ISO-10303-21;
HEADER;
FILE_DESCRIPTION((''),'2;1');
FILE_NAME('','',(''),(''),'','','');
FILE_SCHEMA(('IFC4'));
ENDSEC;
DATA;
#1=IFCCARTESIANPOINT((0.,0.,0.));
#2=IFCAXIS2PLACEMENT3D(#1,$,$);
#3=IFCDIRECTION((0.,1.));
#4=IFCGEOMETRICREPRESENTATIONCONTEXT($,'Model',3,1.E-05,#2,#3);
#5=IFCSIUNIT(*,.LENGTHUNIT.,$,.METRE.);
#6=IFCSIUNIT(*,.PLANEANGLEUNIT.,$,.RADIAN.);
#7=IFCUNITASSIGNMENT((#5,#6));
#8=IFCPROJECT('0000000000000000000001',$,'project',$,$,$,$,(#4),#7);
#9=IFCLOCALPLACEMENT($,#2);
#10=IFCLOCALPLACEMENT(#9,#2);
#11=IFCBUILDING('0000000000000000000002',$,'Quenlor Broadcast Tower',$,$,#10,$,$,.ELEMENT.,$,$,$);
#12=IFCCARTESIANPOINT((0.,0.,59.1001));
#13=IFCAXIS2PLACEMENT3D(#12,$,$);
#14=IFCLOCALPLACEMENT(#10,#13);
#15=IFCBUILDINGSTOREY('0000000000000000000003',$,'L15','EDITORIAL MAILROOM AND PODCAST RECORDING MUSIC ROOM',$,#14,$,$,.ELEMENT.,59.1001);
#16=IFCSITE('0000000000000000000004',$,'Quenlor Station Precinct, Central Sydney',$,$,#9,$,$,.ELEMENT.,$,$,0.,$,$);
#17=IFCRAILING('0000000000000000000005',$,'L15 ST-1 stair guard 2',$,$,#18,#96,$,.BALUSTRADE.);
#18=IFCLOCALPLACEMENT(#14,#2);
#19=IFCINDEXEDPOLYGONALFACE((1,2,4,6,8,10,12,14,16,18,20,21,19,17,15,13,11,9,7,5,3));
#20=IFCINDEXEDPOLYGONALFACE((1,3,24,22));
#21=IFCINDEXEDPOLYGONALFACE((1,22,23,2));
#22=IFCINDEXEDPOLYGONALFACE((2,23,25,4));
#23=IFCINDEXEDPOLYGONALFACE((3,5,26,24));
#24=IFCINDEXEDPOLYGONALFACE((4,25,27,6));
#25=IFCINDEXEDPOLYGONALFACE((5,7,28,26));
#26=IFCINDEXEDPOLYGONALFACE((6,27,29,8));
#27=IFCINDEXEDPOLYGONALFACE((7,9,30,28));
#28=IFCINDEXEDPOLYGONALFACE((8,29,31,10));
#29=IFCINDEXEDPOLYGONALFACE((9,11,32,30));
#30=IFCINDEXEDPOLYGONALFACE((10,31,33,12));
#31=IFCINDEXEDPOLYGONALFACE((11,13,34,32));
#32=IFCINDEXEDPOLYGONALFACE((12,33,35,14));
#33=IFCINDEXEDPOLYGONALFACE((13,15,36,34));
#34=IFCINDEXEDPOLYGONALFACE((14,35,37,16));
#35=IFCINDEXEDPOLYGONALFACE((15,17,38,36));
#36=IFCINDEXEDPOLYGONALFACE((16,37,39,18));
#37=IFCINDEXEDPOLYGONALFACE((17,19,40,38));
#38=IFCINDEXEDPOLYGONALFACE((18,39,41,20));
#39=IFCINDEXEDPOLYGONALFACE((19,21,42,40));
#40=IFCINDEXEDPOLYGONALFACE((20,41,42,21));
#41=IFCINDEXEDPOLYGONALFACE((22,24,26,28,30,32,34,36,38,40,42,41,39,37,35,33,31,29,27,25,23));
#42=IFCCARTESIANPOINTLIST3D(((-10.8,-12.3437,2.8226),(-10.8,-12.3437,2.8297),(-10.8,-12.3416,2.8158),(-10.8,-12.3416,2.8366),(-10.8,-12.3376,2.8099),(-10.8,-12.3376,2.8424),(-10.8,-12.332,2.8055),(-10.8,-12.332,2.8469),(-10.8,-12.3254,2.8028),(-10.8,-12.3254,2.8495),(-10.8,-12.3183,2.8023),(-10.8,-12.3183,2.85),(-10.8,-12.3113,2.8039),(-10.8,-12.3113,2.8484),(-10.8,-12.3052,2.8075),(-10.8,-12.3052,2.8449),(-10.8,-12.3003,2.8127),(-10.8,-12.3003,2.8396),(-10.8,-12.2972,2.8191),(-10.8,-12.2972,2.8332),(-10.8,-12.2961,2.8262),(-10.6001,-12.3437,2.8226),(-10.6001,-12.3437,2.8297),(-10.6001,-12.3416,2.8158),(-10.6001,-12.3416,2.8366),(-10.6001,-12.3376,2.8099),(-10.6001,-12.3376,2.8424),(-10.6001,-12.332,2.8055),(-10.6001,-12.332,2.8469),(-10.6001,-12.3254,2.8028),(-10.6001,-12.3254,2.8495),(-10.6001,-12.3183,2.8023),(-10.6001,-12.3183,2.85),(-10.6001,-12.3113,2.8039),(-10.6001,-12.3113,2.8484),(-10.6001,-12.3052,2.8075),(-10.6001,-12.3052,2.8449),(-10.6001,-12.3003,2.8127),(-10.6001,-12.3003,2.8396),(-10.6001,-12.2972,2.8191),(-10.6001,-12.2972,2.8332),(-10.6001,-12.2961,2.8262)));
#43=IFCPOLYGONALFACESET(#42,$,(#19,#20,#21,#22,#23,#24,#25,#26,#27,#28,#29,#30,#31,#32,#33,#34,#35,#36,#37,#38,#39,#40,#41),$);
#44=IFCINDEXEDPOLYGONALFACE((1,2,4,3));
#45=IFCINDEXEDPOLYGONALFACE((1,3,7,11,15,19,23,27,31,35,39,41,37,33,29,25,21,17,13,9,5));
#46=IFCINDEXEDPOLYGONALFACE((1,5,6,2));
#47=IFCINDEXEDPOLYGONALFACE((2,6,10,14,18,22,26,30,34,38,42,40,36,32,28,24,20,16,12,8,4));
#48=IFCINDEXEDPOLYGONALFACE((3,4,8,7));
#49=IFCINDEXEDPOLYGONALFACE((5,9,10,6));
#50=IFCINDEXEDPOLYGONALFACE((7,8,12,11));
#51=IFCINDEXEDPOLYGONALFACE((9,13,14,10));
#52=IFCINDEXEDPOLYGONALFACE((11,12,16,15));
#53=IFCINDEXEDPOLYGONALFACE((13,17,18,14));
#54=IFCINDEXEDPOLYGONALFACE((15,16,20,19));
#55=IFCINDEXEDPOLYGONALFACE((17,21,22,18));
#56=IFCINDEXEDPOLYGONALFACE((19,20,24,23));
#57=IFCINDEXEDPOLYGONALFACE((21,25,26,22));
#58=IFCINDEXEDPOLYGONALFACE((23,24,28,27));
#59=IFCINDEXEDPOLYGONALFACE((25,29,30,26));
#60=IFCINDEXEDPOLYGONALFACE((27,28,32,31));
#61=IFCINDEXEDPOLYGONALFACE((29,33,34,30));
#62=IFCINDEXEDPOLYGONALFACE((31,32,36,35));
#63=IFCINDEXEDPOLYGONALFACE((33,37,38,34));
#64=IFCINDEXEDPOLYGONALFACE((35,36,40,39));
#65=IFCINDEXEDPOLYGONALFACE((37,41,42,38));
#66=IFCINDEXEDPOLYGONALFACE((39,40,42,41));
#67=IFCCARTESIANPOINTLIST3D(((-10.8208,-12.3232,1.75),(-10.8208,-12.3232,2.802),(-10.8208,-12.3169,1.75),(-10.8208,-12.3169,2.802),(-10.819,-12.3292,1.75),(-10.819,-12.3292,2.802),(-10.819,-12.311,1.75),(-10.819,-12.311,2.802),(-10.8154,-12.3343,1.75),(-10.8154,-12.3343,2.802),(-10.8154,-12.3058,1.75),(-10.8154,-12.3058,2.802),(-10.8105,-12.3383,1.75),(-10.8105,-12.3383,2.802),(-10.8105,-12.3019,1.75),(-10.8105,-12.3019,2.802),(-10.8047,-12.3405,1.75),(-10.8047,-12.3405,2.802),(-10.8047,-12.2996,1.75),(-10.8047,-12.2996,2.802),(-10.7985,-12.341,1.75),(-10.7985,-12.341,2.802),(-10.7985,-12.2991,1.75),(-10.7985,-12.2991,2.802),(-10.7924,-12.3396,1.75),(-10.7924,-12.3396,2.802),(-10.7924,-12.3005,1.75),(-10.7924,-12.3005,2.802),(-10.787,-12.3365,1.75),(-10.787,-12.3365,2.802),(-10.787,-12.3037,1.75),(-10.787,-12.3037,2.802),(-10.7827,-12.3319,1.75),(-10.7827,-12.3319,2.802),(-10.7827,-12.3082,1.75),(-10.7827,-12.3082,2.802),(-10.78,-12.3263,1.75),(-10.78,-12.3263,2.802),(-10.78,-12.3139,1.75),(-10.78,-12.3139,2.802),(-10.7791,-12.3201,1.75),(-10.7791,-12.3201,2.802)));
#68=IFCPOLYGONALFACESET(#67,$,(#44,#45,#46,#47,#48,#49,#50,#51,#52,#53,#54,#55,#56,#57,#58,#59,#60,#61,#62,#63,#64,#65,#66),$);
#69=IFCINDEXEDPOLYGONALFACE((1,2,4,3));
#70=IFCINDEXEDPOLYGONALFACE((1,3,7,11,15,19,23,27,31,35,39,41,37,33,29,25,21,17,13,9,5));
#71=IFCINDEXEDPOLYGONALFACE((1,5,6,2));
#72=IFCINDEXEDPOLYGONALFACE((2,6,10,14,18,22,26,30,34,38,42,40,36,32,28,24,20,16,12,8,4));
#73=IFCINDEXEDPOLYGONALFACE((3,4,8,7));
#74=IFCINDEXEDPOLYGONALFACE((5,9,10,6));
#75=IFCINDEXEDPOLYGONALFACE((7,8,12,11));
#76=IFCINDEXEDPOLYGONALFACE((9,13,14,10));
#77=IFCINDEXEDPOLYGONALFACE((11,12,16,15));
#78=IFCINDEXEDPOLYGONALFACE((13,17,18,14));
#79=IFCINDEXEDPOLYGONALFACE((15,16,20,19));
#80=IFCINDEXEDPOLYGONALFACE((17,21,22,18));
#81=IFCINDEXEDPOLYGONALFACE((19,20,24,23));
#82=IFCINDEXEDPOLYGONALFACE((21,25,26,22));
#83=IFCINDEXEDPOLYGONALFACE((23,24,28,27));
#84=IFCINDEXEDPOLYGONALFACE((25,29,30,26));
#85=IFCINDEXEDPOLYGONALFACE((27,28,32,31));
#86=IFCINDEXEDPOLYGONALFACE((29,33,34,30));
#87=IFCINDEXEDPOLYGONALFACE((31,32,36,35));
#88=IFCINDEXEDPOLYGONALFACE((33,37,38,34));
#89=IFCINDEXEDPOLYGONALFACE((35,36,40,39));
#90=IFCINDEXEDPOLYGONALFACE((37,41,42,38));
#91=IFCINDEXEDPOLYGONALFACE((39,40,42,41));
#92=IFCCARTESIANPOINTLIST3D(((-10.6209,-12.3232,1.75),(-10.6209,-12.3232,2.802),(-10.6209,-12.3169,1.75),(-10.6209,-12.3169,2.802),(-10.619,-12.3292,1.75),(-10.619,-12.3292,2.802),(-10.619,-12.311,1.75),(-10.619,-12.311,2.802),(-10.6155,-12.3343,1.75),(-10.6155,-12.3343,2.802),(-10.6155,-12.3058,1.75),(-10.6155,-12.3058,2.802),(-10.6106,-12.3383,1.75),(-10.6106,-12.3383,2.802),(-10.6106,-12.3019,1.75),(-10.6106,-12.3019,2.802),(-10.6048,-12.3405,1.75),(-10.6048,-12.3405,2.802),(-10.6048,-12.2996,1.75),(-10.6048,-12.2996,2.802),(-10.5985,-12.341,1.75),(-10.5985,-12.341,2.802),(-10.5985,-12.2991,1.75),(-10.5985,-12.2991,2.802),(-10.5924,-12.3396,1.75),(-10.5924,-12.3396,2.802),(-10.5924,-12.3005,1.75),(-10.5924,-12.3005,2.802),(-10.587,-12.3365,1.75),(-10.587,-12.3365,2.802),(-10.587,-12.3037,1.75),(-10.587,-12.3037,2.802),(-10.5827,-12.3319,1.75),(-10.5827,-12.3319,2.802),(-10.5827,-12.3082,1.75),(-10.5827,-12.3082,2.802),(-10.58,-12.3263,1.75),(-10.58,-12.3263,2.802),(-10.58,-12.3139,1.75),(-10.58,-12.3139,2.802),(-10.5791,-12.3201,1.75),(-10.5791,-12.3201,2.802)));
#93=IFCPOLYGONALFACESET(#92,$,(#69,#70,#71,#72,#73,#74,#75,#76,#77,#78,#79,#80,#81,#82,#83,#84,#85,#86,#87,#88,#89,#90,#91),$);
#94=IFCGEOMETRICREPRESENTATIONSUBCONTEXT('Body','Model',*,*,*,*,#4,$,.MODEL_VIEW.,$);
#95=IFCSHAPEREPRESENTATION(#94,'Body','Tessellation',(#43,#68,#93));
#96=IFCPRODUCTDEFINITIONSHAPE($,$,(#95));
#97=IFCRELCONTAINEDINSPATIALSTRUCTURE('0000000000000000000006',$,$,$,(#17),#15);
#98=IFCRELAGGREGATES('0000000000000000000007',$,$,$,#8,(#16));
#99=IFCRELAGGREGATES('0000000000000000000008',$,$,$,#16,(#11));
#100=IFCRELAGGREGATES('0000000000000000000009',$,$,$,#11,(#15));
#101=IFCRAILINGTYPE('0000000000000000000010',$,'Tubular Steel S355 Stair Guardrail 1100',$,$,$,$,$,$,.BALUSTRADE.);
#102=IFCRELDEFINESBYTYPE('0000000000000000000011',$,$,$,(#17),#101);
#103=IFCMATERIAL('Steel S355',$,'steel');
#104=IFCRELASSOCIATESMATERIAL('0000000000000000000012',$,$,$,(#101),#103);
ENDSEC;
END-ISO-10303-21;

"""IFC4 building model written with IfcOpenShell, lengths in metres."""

from ifc_helpers import new_model, si_unit, direction, frame, origin, origin_2d, place, context, subcontext, project, spatial, circle, extrude, material, type_object, element, save


model = new_model("IFC4")

# Units and contexts
model_context = context("Model", 3, precision=1e-05, world=origin(), true_north=direction((0.0, 1.0)))
body_context = subcontext(model_context, "Body", "Model", "MODEL_VIEW")
ifc_project = project(units=[si_unit("LENGTHUNIT", "METRE"), si_unit("PLANEANGLEUNIT", "RADIAN")], contexts=[model_context])

# Site, building, storey
site_placement = place(None, origin())
site = spatial("IfcSite", under=ifc_project, at=site_placement, Name="Quenlor Station Precinct, Central Sydney", CompositionType="ELEMENT", RefElevation=0.0)
building_placement = place(site_placement, origin())
building = spatial("IfcBuilding", under=site, at=building_placement, Name="Quenlor Broadcast Tower", CompositionType="ELEMENT")
storey_placement = place(building_placement, frame((0.0, 0.0, 59.1001)))
storey = spatial("IfcBuildingStorey", under=building, at=storey_placement, Name="L15", Description="EDITORIAL MAILROOM AND PODCAST RECORDING MUSIC ROOM", CompositionType="ELEMENT", Elevation=59.1001)

# Railing
ifc_material_1 = material(Name="Steel S355", Category="steel")
railing_type_1 = type_object("IfcRailingType", Name="Tubular Steel S355 Stair Guardrail 1100", PredefinedType="BALUSTRADE", material=ifc_material_1)
railing_1_placement = place(storey_placement, frame((-10.8, -12.3201, 1.75)))
element("IfcRailing", 1, at=railing_1_placement, inside=storey, type_object=railing_type_1, Name="L15 ST-1 stair guard 2", PredefinedType="BALUSTRADE", context=body_context, shape_type="SweptSolid", body=[
    extrude(circle(Radius=0.0239, at=origin_2d()), frame((0.0, 0.0, 1.0762), z_axis=(1.0, 0.0, 0.0), x_axis=(0.0, 1.0, 0.0)), (0.0, 0.0, 1.0), 0.2),
    extrude(circle(Radius=0.021, at=origin_2d()), origin(), (0.0, 0.0, 1.0), 1.052),
    extrude(circle(Radius=0.021, at=origin_2d()), frame((0.2, 0.0, 0.0)), (0.0, 0.0, 1.0), 1.052),
])

save(model, "model.ifc")
